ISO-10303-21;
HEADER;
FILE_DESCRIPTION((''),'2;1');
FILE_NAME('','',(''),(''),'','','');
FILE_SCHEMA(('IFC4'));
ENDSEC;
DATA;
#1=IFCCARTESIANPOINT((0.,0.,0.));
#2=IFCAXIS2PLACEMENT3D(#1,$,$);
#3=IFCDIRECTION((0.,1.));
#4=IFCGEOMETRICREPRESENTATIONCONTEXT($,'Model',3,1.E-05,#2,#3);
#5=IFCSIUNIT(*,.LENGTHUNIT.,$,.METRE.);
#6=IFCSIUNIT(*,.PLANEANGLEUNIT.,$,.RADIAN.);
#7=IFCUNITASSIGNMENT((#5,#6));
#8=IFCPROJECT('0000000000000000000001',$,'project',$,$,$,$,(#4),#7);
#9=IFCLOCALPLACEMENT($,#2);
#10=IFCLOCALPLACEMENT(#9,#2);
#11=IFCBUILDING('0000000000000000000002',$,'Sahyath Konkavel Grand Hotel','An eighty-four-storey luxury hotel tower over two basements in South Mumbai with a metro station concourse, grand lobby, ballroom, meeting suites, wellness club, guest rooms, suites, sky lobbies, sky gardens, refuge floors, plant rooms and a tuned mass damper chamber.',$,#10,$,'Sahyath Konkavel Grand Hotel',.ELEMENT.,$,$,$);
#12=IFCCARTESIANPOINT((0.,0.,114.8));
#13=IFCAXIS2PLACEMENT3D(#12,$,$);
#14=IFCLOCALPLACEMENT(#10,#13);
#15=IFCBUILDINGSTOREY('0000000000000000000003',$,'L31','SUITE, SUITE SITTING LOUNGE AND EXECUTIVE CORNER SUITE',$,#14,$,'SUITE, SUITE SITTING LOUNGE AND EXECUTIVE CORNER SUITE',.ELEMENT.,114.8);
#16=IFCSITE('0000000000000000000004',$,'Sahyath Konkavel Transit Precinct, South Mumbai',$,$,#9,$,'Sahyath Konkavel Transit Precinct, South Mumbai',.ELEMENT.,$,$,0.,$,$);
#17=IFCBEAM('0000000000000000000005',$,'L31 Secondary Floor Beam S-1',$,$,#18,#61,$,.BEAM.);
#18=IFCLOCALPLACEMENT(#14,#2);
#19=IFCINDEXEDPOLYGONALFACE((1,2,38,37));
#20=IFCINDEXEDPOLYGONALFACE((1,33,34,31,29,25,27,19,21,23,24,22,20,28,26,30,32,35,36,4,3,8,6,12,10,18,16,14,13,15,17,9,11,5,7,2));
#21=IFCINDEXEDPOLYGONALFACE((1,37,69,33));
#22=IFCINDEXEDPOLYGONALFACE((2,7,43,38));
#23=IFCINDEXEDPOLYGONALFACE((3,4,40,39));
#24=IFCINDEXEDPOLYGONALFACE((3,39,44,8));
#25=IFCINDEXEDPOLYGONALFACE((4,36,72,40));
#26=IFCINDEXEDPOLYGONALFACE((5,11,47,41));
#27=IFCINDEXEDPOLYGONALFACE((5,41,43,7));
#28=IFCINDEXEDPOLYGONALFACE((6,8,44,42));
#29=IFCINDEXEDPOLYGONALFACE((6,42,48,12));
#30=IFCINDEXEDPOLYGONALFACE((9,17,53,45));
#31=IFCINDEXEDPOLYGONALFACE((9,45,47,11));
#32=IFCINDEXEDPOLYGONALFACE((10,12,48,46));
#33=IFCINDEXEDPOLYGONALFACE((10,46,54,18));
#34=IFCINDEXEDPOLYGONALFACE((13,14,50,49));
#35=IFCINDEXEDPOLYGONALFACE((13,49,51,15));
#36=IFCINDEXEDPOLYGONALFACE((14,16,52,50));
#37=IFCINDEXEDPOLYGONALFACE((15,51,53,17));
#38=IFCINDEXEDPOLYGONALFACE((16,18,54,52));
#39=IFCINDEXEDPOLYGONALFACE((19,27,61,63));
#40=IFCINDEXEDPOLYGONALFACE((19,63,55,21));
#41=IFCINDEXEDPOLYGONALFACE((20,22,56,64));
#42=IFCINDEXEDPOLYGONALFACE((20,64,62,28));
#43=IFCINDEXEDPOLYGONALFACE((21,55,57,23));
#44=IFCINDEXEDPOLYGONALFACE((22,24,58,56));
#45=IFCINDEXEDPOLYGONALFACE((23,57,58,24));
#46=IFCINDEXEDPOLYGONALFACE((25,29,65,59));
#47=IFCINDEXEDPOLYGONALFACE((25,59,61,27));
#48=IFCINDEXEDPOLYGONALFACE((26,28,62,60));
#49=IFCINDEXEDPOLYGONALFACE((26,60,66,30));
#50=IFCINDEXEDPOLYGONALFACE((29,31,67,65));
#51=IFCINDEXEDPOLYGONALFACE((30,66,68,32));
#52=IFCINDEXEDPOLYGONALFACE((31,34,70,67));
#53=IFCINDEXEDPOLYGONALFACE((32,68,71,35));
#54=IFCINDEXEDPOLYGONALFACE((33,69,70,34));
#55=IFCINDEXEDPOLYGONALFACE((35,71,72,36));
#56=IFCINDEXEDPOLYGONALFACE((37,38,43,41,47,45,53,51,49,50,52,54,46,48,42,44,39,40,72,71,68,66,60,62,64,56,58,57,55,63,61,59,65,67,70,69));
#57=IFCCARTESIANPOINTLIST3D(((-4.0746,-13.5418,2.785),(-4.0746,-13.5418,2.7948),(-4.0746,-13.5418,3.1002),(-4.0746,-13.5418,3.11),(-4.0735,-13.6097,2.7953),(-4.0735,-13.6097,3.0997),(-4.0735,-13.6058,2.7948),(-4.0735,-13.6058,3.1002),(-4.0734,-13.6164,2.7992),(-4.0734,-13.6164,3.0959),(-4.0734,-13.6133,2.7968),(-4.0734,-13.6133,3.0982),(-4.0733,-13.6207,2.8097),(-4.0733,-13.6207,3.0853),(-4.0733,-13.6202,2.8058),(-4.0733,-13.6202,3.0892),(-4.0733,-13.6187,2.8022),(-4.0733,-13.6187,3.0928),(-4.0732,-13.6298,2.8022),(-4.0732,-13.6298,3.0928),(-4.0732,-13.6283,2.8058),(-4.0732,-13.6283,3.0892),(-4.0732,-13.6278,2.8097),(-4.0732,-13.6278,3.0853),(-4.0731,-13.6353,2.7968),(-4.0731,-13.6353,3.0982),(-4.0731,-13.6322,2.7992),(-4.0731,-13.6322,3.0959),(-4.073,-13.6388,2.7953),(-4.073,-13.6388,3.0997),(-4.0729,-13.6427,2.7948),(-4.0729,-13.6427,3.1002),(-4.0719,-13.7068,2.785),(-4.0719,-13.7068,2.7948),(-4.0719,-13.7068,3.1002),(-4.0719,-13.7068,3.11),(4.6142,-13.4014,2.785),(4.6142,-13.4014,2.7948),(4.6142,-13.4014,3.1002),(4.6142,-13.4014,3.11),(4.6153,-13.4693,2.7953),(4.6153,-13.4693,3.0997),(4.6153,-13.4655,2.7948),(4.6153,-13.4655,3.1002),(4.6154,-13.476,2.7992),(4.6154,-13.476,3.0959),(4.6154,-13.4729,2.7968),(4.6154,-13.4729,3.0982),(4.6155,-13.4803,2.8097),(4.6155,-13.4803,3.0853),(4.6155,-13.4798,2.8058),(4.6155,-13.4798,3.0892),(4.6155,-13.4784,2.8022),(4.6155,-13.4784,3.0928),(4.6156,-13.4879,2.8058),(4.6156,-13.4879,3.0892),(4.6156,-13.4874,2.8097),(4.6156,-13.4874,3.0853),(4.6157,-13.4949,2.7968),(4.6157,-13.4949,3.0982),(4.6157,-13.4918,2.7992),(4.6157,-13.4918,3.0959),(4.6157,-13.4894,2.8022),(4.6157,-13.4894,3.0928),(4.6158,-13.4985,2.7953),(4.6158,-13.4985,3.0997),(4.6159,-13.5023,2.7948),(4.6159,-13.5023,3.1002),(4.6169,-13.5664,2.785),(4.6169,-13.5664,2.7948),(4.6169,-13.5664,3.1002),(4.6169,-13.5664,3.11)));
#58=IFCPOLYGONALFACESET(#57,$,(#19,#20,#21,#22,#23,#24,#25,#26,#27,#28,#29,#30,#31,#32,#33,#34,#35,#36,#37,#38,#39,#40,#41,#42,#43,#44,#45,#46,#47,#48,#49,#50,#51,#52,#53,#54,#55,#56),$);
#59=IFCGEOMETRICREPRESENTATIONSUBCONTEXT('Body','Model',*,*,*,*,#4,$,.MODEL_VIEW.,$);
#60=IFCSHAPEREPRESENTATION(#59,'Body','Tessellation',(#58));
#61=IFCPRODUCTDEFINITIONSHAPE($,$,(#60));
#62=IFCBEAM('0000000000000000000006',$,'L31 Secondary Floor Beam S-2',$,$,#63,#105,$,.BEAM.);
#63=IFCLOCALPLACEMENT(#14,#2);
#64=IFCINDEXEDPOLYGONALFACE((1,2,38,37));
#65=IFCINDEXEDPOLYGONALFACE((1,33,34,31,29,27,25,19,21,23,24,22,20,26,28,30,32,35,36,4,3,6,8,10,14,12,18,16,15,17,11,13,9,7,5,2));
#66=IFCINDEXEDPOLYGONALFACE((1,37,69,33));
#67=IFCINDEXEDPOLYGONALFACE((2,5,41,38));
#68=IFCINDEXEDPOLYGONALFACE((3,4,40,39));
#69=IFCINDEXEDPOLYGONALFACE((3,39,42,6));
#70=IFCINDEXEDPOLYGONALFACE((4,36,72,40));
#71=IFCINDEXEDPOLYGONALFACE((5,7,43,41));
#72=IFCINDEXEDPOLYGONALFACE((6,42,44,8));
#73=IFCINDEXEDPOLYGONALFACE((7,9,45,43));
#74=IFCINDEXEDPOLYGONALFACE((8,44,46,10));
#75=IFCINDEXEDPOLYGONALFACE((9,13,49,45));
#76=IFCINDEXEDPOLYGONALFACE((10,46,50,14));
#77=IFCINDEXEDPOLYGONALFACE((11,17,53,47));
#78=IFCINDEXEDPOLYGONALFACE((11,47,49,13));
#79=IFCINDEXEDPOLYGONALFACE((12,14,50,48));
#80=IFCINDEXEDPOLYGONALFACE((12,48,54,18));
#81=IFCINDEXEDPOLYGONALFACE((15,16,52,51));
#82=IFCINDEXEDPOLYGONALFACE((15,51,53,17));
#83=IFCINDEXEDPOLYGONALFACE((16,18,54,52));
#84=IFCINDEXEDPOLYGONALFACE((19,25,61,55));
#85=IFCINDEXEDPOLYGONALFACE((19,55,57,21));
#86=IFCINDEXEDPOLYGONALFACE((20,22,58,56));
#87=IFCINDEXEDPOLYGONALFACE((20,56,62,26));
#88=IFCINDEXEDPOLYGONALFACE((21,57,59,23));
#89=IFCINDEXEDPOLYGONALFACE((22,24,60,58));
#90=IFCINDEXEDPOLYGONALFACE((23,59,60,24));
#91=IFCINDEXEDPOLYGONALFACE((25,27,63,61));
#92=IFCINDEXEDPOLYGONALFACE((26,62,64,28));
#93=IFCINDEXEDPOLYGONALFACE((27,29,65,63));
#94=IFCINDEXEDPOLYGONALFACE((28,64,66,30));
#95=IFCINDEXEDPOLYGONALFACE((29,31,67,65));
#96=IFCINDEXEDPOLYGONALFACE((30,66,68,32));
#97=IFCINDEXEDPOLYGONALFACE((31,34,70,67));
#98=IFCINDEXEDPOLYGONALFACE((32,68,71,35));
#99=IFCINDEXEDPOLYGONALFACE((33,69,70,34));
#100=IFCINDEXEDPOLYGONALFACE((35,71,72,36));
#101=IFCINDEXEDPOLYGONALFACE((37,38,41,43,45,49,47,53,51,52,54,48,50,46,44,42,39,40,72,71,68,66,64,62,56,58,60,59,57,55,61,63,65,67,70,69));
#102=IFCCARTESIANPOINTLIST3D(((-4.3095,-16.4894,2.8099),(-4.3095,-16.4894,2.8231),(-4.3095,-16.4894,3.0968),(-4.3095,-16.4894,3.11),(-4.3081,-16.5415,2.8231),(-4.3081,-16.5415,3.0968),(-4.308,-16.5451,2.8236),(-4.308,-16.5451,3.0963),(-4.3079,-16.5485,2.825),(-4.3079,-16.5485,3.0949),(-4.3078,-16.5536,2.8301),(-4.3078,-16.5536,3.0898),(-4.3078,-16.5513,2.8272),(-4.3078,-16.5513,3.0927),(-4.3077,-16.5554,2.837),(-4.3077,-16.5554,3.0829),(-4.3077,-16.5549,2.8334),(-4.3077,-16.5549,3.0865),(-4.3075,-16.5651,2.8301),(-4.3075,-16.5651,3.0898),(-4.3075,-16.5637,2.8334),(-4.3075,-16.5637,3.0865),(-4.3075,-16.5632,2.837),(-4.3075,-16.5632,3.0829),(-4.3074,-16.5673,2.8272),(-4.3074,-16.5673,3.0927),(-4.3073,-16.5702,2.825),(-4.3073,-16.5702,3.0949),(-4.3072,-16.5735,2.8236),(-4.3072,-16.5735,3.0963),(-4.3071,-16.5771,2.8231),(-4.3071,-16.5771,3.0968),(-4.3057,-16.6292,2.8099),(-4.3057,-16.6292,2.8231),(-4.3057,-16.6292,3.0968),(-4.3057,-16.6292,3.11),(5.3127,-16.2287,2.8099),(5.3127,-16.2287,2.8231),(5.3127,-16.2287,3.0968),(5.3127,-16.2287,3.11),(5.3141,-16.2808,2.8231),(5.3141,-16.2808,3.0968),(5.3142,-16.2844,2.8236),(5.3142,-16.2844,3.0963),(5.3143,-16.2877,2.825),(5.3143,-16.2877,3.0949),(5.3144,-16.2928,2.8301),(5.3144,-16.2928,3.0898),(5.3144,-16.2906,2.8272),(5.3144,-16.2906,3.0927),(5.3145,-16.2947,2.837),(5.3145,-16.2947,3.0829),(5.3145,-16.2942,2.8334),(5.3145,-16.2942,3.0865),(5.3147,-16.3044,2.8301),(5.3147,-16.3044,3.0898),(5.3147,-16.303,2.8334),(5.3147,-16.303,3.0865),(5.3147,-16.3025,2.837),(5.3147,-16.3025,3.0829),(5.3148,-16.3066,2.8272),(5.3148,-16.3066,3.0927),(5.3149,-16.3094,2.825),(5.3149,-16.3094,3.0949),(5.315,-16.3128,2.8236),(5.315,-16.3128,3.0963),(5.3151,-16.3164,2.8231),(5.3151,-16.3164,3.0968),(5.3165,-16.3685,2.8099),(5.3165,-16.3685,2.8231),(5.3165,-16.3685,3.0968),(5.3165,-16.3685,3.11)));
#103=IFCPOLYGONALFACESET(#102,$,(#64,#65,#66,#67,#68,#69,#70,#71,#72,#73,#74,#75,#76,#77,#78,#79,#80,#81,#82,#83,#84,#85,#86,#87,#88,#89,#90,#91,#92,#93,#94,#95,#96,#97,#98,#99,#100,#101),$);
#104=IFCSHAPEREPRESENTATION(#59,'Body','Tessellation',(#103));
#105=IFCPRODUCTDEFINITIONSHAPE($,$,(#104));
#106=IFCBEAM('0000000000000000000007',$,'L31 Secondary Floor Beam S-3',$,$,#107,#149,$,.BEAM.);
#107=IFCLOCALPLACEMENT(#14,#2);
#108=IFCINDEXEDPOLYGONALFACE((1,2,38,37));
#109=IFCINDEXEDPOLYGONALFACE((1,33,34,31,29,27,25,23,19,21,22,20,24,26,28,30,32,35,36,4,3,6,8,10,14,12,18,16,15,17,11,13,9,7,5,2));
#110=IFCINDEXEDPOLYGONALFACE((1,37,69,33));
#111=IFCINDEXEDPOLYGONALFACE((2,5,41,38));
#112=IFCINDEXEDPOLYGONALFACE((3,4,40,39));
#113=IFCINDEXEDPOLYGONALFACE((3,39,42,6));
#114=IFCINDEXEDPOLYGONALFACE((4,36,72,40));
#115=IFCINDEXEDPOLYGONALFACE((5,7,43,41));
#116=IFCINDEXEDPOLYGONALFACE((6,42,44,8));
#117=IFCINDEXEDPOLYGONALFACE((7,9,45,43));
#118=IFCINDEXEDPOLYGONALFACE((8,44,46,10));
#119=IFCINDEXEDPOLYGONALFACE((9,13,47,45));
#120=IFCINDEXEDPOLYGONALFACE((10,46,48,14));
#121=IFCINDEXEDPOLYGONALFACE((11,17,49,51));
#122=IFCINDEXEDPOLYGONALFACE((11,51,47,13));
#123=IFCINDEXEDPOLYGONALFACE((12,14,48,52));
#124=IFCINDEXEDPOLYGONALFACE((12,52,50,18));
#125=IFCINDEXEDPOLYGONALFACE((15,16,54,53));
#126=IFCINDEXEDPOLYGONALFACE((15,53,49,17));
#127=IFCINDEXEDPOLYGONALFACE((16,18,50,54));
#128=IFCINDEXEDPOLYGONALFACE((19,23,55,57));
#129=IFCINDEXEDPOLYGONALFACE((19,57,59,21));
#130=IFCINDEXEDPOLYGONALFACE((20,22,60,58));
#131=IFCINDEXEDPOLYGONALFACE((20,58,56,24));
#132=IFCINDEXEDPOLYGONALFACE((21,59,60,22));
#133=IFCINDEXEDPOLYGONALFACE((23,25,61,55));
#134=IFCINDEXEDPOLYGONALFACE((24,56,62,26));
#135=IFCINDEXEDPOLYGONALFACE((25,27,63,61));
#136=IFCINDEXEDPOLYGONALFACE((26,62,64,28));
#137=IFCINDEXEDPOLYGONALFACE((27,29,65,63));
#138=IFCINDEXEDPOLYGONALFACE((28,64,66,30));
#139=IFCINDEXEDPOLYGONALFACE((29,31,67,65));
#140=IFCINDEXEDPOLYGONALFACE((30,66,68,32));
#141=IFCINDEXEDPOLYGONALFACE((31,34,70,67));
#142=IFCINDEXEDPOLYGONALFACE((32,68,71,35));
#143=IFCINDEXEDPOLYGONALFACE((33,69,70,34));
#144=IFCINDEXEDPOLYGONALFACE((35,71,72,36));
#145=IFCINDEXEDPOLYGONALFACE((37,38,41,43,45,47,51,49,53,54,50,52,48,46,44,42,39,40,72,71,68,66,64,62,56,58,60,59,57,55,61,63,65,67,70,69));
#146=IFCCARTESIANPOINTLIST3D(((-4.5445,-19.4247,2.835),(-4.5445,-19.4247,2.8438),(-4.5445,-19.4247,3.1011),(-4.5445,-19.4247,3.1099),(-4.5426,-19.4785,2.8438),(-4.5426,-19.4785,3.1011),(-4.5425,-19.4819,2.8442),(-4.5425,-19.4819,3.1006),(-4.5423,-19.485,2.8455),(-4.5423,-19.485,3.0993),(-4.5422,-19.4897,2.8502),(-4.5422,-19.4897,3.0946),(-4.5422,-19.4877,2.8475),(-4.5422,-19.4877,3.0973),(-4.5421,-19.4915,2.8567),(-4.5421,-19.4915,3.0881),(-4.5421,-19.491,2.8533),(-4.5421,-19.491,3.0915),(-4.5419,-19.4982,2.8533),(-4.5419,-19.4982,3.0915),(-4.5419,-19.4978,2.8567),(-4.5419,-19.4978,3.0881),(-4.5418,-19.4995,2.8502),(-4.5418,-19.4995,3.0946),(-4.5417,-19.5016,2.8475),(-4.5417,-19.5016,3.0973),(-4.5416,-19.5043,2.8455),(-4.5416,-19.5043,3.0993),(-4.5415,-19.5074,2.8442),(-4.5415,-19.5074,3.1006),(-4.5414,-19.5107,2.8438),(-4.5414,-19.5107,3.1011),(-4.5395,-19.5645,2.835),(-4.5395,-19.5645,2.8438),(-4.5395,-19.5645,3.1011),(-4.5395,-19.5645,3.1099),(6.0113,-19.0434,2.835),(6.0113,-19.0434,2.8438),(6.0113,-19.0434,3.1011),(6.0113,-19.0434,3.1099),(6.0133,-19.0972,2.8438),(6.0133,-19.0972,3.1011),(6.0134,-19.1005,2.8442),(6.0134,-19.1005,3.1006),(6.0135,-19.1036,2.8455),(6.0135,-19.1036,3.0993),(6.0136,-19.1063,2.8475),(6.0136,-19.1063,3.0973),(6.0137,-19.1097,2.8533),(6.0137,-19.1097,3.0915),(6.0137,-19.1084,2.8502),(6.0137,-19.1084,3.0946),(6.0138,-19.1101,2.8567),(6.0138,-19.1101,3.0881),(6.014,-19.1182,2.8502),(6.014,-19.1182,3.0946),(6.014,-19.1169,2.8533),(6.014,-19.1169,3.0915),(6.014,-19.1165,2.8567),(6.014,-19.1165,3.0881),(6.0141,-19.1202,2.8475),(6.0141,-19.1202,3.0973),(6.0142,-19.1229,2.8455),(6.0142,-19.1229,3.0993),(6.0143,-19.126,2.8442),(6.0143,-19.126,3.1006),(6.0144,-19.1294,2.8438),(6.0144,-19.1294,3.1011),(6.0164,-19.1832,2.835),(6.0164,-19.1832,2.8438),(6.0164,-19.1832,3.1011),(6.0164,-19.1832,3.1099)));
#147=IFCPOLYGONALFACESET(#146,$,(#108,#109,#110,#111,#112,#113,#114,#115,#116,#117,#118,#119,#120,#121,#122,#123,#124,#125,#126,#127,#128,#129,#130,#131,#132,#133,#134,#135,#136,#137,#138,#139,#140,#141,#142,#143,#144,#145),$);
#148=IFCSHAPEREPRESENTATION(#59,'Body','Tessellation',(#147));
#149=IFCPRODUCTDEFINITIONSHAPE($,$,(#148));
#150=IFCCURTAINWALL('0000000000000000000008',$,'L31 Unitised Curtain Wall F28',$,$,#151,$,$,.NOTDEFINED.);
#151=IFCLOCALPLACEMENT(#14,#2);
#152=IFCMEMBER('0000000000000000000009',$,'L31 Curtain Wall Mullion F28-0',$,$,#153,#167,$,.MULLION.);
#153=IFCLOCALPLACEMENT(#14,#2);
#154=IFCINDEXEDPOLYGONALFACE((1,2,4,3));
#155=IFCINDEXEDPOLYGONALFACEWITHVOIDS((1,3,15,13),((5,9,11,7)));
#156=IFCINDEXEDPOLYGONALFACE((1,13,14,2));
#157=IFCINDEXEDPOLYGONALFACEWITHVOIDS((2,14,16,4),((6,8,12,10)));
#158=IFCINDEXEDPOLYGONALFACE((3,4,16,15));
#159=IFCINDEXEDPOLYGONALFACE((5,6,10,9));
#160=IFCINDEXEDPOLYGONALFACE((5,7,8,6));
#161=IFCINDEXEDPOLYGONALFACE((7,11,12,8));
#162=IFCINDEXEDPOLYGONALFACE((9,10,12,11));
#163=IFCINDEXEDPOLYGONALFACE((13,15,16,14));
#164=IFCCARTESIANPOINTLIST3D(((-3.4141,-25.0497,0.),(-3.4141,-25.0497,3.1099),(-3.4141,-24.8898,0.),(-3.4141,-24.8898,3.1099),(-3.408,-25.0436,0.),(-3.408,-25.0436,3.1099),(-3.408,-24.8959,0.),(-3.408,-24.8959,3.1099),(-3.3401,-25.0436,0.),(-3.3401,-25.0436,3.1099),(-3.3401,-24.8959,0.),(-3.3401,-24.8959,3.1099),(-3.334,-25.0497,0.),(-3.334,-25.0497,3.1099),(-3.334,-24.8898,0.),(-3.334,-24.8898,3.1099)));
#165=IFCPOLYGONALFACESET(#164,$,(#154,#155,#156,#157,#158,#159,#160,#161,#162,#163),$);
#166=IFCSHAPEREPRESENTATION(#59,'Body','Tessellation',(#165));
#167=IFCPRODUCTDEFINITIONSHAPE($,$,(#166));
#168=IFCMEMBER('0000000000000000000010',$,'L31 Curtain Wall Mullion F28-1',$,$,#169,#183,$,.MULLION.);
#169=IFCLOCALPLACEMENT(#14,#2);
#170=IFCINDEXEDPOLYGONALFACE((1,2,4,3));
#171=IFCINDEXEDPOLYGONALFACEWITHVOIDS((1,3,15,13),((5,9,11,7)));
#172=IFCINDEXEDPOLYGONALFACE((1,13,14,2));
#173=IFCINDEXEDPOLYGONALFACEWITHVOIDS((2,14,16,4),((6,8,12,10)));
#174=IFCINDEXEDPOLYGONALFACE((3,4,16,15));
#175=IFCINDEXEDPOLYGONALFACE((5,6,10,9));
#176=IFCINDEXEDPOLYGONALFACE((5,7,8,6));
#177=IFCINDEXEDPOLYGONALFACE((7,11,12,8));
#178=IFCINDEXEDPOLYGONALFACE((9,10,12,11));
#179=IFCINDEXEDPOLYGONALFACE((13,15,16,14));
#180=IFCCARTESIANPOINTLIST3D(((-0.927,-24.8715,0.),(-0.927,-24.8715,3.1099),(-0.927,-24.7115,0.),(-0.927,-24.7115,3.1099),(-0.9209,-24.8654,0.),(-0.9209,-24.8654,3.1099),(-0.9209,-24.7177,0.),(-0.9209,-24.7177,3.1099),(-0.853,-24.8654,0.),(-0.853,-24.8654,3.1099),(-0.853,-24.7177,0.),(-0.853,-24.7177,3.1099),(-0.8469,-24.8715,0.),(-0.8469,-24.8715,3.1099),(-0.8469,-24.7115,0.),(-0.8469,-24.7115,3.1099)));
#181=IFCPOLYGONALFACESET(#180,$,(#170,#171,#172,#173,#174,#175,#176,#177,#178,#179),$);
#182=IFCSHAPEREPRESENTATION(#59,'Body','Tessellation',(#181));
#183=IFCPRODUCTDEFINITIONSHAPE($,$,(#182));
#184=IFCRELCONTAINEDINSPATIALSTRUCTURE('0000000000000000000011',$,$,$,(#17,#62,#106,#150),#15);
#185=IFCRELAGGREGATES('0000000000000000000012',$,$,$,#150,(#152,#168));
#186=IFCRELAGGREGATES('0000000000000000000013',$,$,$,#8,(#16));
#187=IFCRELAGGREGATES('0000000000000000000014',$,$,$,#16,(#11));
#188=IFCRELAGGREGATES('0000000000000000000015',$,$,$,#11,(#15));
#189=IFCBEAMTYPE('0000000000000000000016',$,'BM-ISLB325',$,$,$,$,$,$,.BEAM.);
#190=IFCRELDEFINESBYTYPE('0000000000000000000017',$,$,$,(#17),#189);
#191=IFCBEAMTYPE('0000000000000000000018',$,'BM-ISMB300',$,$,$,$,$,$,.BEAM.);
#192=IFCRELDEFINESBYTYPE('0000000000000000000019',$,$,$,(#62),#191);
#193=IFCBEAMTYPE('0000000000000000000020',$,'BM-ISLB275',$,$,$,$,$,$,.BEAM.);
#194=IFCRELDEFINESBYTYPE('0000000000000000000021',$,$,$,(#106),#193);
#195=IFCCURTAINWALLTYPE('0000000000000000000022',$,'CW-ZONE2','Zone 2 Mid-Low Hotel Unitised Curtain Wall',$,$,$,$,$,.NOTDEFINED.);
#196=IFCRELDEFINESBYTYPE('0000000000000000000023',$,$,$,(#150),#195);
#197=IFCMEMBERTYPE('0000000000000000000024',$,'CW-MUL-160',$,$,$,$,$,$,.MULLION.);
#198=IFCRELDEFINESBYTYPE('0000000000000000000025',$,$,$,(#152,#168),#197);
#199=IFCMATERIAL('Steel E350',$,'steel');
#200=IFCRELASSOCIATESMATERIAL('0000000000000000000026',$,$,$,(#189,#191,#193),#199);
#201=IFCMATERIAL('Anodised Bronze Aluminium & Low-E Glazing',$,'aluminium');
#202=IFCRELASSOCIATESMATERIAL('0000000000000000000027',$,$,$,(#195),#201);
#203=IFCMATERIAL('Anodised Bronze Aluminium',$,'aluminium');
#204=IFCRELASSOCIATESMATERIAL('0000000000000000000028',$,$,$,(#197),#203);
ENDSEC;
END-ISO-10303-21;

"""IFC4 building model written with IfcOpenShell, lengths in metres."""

from ifc_helpers import new_model, si_unit, direction, frame, origin, origin_2d, place, context, subcontext, project, spatial, hollow_rectangle, i_section, extrude, source, transform, mapped, material, material_profile, profile_set, type_object, element, aggregate, save


model = new_model("IFC4")

# Units and contexts
model_context = context("Model", 3, precision=1e-05, world=origin(), true_north=direction((0.0, 1.0)))
body_context = subcontext(model_context, "Body", "Model", "MODEL_VIEW")
ifc_project = project(units=[si_unit("LENGTHUNIT", "METRE"), si_unit("PLANEANGLEUNIT", "RADIAN")], contexts=[model_context])

# Site, building, storey
site_placement = place(None, origin())
site = spatial("IfcSite", under=ifc_project, at=site_placement, Name="Sahyath Konkavel Transit Precinct, South Mumbai", LongName="Sahyath Konkavel Transit Precinct, South Mumbai", CompositionType="ELEMENT", RefElevation=0.0)
building_placement = place(site_placement, origin())
building = spatial("IfcBuilding", under=site, at=building_placement, Name="Sahyath Konkavel Grand Hotel", Description="An eighty-four-storey luxury hotel tower over two basements in South Mumbai with a metro station concourse, grand lobby, ballroom, meeting suites, wellness club, guest rooms, suites, sky lobbies, sky gardens, refuge floors, plant rooms and a tuned mass damper chamber.", LongName="Sahyath Konkavel Grand Hotel", CompositionType="ELEMENT")
storey_placement = place(building_placement, frame((0.0, 0.0, 114.8)))
storey = spatial("IfcBuildingStorey", under=building, at=storey_placement, Name="L31", Description="SUITE, SUITE SITTING LOUNGE AND EXECUTIVE CORNER SUITE", LongName="SUITE, SUITE SITTING LOUNGE AND EXECUTIVE CORNER SUITE", CompositionType="ELEMENT", Elevation=114.8)

# Beams
ifc_material_1 = material(Name="Steel E350", Category="steel")
ifc_material_profile_1 = material_profile(ifc_material_1, i_section(OverallWidth=0.165, OverallDepth=0.325, WebThickness=0.0071, FlangeThickness=0.0098, FilletRadius=0.0149, at=origin_2d()), Name="ISLB 325")
ifc_profile_set_1 = profile_set([ifc_material_profile_1], Name="Steel E350")
beam_type_1 = type_object("IfcBeamType", Name="BM-ISLB325", PredefinedType="BEAM", material=ifc_profile_set_1)
shared_shape_1 = source(origin(), body_context, "Body", "SweptSolid", [
    extrude(i_section(OverallWidth=0.165, OverallDepth=0.325, WebThickness=0.0071, FlangeThickness=0.0098, FilletRadius=0.0149, at=origin_2d()), origin(), (0.0, 0.0, 1.0), 8.6899),
])
beam_1_placement = place(storey_placement, frame((-4.0732, -13.6243, 2.9475), z_axis=(0.99987, 0.016155, 0.0), x_axis=(-0.016155, 0.99987, 0.0)))
element("IfcBeam", 1, at=beam_1_placement, inside=storey, type_object=beam_type_1, Name="L31 Secondary Floor Beam S-1", PredefinedType="BEAM", context=body_context, shape_type="MappedRepresentation", body=[
    mapped(shared_shape_1, transform((0.0, 0.0, 0.0), scale=1.0)),
])
ifc_material_profile_2 = material_profile(ifc_material_1, i_section(OverallWidth=0.1399, OverallDepth=0.3, WebThickness=0.0078, FlangeThickness=0.0132, FilletRadius=0.0139, at=origin_2d()), Name="ISMB 300")
ifc_profile_set_2 = profile_set([ifc_material_profile_2], Name="Steel E350")
beam_type_2 = type_object("IfcBeamType", Name="BM-ISMB300", PredefinedType="BEAM", material=ifc_profile_set_2)
shared_shape_2 = source(origin(), body_context, "Body", "SweptSolid", [
    extrude(i_section(OverallWidth=0.1399, OverallDepth=0.3, WebThickness=0.0078, FlangeThickness=0.0132, FilletRadius=0.0139, at=origin_2d()), origin(), (0.0, 0.0, 1.0), 9.6257),
])
beam_2_placement = place(storey_placement, frame((-4.3076, -16.5593, 2.96), z_axis=(0.999633, 0.027088, 0.0), x_axis=(-0.027088, 0.999633, 0.0)))
element("IfcBeam", 2, at=beam_2_placement, inside=storey, type_object=beam_type_2, Name="L31 Secondary Floor Beam S-2", PredefinedType="BEAM", context=body_context, shape_type="MappedRepresentation", body=[
    mapped(shared_shape_2, transform((0.0, 0.0, 0.0), scale=1.0)),
])
ifc_material_profile_3 = material_profile(ifc_material_1, i_section(OverallWidth=0.1399, OverallDepth=0.2749, WebThickness=0.0063, FlangeThickness=0.0088, FilletRadius=0.0129, at=origin_2d()), Name="ISLB 275")
ifc_profile_set_3 = profile_set([ifc_material_profile_3], Name="Steel E350")
beam_type_3 = type_object("IfcBeamType", Name="BM-ISLB275", PredefinedType="BEAM", material=ifc_profile_set_3)
shared_shape_3 = source(origin(), body_context, "Body", "SweptSolid", [
    extrude(i_section(OverallWidth=0.1399, OverallDepth=0.2749, WebThickness=0.0063, FlangeThickness=0.0088, FilletRadius=0.0129, at=origin_2d()), origin(), (0.0, 0.0, 1.0), 10.5627),
])
beam_3_placement = place(storey_placement, frame((-4.542, -19.4946, 2.9724), z_axis=(0.999348, 0.036103, 0.0), x_axis=(-0.036103, 0.999348, 0.0)))
element("IfcBeam", 3, at=beam_3_placement, inside=storey, type_object=beam_type_3, Name="L31 Secondary Floor Beam S-3", PredefinedType="BEAM", context=body_context, shape_type="MappedRepresentation", body=[
    mapped(shared_shape_3, transform((0.0, 0.0, 0.0), scale=1.0)),
])

# Curtain wall, members
ifc_material_2 = material(Name="Anodised Bronze Aluminium & Low-E Glazing", Category="aluminium")
curtain_wall_type = type_object("IfcCurtainWallType", Name="CW-ZONE2", Description="Zone 2 Mid-Low Hotel Unitised Curtain Wall", PredefinedType="NOTDEFINED", material=ifc_material_2)
curtain_wall_placement = place(storey_placement, origin())
curtain_wall = element("IfcCurtainWall", 4, at=curtain_wall_placement, inside=storey, type_object=curtain_wall_type, Name="L31 Unitised Curtain Wall F28", PredefinedType="NOTDEFINED")
ifc_material_3 = material(Name="Anodised Bronze Aluminium", Category="aluminium")
ifc_material_profile_4 = material_profile(ifc_material_3, hollow_rectangle(XDim=0.0801, YDim=0.1599, WallThickness=0.0061, at=origin_2d()), Name="RHS 160x80x6")
ifc_profile_set_4 = profile_set([ifc_material_profile_4], Name="Anodised Bronze Aluminium")
member_type_1 = type_object("IfcMemberType", Name="CW-MUL-160", PredefinedType="MULLION", material=ifc_profile_set_4)
shared_shape_4 = source(origin(), body_context, "Body", "SweptSolid", [
    extrude(hollow_rectangle(XDim=0.0801, YDim=0.1599, WallThickness=0.0061, at=origin_2d()), origin(), (0.0, 0.0, 1.0), 3.1099),
])
member_1_placement = place(storey_placement, frame((-3.374, -24.9697, 0.0), z_axis=(0.0, 0.0, 1.0), x_axis=(1.0, 0.0, 0.0)))
member_1 = element("IfcMember", 5, at=member_1_placement, type_object=member_type_1, Name="L31 Curtain Wall Mullion F28-0", PredefinedType="MULLION", context=body_context, shape_type="MappedRepresentation", body=[
    mapped(shared_shape_4, transform((0.0, 0.0, 0.0), scale=1.0)),
])
member_2_placement = place(storey_placement, frame((-0.887, -24.7915, 0.0), z_axis=(0.0, 0.0, 1.0), x_axis=(1.0, 0.0, 0.0)))
member_2 = element("IfcMember", 6, at=member_2_placement, type_object=member_type_1, Name="L31 Curtain Wall Mullion F28-1", PredefinedType="MULLION", context=body_context, shape_type="MappedRepresentation", body=[
    mapped(shared_shape_4, transform((0.0, 0.0, 0.0), scale=1.0)),
])
aggregate(curtain_wall, [member_1, member_2])

save(model, "model.ifc")
